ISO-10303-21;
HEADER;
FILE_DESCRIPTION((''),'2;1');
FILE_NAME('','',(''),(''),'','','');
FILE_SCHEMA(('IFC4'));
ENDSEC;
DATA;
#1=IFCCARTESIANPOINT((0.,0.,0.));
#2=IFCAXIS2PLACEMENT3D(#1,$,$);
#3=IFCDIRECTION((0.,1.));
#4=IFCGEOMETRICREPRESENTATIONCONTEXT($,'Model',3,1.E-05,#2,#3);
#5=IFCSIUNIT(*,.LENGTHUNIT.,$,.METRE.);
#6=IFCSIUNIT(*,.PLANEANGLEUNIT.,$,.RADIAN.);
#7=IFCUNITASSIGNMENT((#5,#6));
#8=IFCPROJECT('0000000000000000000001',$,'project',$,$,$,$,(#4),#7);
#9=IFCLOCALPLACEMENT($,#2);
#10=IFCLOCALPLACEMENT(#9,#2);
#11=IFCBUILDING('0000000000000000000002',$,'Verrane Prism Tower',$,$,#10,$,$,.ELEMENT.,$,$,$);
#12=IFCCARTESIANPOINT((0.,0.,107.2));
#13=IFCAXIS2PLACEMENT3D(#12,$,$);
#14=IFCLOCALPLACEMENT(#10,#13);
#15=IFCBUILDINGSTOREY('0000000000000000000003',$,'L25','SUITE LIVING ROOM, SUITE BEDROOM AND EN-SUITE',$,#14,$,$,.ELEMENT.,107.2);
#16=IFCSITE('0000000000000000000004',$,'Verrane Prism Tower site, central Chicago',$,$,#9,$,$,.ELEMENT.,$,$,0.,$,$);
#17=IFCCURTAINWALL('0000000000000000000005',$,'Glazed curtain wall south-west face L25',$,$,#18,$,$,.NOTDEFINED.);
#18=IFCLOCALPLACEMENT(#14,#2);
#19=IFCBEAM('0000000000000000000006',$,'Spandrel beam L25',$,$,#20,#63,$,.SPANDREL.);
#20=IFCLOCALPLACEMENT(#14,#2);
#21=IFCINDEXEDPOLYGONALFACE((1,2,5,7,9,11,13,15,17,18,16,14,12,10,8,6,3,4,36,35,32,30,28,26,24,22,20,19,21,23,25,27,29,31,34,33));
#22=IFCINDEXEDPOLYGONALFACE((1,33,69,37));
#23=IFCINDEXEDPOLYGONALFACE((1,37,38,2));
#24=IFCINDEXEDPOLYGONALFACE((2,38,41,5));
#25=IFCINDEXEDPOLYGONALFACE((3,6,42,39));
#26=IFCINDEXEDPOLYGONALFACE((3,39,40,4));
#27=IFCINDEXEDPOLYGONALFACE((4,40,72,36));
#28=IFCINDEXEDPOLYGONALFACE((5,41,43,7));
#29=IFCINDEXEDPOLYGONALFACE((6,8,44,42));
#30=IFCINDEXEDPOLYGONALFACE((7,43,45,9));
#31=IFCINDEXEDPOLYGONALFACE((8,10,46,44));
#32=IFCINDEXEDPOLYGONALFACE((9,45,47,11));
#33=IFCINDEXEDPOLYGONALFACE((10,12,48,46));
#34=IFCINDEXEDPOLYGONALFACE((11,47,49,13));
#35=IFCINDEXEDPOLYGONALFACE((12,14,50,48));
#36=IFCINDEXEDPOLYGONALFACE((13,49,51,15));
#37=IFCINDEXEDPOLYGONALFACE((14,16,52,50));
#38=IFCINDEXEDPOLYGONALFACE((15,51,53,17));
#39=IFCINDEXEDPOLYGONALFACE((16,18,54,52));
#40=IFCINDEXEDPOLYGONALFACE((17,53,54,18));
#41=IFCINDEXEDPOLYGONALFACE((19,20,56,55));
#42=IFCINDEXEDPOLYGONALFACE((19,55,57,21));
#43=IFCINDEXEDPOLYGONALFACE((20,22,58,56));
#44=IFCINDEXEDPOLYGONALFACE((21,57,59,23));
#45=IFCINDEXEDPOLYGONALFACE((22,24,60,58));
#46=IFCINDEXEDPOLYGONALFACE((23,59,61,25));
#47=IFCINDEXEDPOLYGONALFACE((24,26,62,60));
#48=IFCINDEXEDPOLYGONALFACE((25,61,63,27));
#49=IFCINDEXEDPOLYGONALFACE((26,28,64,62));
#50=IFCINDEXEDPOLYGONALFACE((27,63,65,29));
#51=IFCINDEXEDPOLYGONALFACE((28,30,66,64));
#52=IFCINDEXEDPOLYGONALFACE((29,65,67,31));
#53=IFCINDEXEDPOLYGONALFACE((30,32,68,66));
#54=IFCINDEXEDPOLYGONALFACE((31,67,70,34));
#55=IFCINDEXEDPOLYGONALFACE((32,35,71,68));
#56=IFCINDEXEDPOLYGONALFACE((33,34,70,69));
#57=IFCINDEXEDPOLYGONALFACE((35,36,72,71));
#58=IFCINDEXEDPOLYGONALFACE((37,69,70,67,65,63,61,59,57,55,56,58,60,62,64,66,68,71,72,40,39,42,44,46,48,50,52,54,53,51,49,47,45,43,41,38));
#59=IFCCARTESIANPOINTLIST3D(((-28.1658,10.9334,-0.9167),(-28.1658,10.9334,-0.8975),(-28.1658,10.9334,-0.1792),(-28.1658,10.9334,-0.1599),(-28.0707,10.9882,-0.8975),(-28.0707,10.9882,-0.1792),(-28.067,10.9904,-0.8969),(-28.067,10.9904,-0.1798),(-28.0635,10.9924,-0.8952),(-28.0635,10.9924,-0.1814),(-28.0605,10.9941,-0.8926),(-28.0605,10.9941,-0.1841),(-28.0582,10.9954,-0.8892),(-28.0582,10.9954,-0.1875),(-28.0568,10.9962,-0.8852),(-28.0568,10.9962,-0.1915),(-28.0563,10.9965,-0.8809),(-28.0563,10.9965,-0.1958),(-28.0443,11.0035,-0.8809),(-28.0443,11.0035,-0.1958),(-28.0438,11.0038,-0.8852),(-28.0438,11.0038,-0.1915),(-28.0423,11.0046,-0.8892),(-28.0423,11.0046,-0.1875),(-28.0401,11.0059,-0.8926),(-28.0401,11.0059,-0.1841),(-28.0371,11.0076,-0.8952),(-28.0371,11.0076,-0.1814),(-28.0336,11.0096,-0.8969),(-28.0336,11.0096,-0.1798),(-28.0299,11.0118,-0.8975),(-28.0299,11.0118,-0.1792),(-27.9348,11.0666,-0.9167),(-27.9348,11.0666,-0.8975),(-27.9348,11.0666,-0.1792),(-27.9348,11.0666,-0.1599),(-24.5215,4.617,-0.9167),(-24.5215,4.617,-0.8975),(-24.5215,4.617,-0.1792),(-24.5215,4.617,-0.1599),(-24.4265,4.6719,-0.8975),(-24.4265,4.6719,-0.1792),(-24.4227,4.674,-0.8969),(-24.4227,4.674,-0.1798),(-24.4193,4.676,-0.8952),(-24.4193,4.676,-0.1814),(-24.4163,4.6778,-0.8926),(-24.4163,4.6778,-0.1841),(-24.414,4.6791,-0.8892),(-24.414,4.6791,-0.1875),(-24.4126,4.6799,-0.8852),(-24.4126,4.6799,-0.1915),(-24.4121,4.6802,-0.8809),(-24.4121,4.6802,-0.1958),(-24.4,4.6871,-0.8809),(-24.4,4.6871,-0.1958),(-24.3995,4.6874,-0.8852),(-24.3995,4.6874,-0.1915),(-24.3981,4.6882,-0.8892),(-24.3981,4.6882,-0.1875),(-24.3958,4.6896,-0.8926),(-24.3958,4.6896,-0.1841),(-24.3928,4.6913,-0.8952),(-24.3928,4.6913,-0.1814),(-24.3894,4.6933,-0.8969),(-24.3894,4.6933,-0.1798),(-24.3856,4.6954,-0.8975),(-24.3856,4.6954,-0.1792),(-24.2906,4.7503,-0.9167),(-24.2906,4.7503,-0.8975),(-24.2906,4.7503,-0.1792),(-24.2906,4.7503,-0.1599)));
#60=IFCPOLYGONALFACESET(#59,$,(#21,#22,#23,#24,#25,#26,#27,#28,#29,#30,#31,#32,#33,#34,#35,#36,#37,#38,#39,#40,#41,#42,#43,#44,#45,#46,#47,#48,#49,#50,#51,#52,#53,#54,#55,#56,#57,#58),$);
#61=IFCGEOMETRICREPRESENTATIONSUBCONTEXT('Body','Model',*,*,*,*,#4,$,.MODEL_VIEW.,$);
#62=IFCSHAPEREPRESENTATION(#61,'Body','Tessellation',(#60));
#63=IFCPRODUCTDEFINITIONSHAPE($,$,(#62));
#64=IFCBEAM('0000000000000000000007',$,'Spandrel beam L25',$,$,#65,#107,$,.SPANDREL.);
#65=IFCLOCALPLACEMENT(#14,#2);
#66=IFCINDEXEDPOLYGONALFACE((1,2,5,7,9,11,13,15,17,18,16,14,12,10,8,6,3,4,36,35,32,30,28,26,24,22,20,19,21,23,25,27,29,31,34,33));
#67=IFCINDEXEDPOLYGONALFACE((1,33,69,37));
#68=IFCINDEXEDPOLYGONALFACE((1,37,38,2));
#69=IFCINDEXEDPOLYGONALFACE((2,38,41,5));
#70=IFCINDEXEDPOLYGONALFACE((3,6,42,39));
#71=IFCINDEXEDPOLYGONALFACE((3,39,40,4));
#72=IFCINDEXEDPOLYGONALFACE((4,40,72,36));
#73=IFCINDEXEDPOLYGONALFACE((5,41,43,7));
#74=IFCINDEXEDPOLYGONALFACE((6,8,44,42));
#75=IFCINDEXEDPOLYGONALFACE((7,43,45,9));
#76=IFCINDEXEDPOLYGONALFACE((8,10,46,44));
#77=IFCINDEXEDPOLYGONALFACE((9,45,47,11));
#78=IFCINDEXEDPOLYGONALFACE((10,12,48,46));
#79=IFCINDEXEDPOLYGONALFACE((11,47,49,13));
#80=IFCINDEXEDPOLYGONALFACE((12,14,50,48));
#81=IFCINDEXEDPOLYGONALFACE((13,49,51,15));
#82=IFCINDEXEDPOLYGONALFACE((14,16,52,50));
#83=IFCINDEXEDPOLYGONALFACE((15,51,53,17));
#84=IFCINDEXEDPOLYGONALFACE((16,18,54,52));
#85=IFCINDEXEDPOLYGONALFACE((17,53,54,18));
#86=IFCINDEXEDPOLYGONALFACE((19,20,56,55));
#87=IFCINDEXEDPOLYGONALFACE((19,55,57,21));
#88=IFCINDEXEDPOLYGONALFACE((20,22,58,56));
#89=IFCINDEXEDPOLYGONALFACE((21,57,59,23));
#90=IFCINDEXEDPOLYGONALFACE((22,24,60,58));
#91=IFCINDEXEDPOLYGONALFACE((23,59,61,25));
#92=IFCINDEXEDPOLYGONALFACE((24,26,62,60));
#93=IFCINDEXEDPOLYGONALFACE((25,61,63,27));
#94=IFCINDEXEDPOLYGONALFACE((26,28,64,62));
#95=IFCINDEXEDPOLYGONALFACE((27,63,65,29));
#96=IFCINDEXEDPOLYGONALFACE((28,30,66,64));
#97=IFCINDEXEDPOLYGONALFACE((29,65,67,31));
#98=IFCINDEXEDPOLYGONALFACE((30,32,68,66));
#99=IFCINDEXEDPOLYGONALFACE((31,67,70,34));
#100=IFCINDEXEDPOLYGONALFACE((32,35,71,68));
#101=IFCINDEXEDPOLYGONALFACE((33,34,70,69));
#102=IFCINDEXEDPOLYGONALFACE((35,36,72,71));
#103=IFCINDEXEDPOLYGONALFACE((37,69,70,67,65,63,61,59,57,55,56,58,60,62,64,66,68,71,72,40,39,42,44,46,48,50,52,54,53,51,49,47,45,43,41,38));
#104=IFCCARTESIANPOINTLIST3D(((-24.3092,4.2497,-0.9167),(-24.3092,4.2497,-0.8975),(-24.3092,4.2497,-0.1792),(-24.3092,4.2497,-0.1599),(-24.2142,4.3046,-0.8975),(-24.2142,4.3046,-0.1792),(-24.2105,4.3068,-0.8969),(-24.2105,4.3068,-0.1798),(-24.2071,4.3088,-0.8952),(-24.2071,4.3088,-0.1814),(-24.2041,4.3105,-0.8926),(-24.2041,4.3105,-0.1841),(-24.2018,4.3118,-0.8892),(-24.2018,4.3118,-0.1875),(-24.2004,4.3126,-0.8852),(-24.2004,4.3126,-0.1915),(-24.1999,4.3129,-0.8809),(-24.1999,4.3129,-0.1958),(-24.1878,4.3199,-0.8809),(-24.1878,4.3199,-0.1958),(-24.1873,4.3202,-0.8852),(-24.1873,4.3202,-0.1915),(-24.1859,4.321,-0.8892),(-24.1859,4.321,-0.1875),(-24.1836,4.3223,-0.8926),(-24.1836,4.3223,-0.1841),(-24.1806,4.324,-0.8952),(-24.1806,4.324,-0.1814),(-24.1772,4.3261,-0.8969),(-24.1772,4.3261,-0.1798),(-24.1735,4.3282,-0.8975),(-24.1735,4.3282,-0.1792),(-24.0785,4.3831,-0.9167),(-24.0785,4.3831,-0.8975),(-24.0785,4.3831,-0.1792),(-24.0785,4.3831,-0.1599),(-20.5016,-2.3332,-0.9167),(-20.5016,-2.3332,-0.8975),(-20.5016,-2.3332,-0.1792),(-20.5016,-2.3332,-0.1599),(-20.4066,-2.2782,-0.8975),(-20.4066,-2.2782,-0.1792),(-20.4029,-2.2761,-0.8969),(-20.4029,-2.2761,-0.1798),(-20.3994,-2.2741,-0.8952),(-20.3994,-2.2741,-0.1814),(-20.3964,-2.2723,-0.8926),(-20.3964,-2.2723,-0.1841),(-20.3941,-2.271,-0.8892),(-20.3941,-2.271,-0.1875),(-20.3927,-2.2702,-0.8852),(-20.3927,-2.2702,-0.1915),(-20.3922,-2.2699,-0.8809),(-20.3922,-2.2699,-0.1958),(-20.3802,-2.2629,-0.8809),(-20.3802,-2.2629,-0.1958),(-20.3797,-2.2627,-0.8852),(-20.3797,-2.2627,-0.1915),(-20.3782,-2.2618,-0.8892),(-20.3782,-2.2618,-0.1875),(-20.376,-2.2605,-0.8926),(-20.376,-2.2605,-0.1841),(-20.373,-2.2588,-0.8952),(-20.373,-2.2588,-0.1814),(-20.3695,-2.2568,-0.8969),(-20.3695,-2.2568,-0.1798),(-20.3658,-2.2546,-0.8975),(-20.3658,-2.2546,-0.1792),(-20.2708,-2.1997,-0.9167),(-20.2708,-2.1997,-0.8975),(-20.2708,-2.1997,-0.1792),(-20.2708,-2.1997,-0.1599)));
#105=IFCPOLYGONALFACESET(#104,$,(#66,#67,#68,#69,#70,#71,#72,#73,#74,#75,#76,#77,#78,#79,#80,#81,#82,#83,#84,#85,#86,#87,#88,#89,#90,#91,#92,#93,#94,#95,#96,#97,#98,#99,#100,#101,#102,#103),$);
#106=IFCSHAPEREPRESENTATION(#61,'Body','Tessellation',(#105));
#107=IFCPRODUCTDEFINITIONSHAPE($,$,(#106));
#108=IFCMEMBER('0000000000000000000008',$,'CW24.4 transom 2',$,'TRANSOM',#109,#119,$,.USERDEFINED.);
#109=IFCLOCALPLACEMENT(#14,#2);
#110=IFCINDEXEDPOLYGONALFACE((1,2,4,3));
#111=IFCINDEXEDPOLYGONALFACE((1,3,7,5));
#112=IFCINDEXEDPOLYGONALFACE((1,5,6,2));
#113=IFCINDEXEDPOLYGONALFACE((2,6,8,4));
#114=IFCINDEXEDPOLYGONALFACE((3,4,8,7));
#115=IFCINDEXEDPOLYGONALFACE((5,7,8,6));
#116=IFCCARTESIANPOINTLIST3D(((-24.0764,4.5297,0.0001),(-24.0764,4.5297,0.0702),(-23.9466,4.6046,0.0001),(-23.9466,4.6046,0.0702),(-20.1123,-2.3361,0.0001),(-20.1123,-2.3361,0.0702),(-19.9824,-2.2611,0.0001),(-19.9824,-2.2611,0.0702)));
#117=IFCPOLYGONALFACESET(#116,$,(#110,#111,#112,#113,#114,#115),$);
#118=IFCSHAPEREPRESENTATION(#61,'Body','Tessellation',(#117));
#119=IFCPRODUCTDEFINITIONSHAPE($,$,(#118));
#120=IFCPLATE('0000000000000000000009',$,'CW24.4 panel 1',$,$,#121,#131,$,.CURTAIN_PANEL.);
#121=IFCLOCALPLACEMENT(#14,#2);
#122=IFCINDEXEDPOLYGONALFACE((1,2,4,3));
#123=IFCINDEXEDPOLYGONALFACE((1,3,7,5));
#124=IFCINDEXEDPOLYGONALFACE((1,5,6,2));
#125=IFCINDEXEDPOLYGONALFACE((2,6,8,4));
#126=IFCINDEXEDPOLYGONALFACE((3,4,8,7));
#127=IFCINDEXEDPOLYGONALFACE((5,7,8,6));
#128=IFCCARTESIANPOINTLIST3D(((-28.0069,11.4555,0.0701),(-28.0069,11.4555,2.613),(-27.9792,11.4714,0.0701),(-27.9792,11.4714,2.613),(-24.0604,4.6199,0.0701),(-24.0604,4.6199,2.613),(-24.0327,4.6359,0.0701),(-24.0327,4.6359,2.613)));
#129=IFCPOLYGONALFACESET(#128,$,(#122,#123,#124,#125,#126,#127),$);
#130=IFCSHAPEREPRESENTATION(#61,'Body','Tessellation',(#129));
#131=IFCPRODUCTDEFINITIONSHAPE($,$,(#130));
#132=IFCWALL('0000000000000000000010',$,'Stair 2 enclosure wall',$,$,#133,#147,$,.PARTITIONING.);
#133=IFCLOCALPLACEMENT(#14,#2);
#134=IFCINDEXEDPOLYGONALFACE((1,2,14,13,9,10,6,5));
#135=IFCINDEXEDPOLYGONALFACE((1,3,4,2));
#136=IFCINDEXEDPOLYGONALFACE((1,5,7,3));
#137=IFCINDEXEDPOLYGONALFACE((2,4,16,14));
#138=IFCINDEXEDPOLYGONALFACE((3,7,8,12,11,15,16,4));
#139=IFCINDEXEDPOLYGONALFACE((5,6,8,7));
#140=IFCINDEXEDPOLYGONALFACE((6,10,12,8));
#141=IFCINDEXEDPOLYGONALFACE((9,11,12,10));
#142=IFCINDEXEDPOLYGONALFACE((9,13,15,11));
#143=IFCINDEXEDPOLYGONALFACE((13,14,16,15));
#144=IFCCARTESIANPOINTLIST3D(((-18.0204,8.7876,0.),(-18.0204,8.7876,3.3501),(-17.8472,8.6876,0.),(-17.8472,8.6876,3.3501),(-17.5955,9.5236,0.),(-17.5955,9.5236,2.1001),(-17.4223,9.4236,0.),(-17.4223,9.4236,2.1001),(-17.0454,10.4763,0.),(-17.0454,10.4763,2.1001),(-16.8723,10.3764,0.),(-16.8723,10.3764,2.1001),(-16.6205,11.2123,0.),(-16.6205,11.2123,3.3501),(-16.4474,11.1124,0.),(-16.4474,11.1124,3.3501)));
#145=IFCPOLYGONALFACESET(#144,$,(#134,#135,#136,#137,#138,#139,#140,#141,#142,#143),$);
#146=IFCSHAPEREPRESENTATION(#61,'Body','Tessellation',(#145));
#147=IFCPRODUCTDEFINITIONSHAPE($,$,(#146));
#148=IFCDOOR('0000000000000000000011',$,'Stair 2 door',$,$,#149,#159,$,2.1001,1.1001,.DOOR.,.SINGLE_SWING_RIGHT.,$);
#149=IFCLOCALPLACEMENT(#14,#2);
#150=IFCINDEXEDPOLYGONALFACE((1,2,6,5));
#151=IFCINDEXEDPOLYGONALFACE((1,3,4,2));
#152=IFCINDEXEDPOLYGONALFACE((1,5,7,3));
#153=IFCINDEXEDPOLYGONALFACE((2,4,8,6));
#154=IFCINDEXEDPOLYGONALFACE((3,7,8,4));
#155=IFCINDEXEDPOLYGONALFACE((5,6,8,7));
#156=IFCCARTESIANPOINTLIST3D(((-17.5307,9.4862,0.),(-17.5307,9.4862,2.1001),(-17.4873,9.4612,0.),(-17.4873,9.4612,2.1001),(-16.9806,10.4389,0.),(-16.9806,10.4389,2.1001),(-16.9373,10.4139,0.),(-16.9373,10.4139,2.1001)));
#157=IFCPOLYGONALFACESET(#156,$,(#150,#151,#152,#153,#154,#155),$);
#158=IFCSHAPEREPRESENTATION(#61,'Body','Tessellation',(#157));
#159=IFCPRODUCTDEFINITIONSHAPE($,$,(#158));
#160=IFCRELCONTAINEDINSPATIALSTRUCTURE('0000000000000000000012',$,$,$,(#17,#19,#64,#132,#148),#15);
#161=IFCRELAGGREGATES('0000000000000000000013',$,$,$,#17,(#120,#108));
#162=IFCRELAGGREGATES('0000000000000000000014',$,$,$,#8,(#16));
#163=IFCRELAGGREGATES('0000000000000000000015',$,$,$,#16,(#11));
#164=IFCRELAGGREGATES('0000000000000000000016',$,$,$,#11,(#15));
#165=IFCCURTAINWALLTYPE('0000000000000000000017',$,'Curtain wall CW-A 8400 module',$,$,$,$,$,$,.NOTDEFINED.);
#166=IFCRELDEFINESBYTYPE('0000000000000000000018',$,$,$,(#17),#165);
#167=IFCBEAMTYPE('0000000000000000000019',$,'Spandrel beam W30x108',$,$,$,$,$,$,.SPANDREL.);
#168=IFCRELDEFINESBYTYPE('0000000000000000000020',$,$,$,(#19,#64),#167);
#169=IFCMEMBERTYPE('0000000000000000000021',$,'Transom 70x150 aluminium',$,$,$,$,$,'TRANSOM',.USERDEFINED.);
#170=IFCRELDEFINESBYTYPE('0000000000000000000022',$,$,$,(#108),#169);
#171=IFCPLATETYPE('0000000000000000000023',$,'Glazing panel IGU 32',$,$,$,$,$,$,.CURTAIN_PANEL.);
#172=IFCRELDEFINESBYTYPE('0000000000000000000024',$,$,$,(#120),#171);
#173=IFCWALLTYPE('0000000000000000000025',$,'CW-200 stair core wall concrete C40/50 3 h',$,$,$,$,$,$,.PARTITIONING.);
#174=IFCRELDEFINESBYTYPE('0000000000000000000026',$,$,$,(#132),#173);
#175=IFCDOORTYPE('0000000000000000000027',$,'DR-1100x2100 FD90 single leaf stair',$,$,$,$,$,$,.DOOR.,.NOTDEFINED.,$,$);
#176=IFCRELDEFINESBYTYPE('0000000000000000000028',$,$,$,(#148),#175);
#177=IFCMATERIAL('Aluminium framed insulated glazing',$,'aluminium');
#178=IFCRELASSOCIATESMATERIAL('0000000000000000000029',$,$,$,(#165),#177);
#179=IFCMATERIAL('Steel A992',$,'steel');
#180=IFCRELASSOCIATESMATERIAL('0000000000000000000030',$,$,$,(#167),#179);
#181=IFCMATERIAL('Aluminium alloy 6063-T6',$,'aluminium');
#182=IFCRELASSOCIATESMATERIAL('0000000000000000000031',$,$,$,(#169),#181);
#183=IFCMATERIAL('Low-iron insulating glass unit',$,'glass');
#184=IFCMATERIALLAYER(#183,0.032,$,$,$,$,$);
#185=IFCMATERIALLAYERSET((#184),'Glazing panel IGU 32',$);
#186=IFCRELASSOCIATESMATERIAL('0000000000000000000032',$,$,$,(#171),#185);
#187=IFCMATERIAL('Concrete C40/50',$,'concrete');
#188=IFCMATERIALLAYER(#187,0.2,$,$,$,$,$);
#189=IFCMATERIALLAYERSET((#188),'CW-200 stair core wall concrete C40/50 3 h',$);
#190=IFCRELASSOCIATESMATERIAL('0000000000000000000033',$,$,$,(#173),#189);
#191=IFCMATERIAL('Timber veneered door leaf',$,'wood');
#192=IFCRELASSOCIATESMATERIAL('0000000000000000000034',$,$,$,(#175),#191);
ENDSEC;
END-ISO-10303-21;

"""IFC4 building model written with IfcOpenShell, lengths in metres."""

from ifc_helpers import new_model, si_unit, direction, frame, frame_2d, origin, origin_2d, place, context, subcontext, project, spatial, rectangle, i_section, extrude, material, layer, layer_set, material_profile, profile_set, type_object, element, fill, aggregate, save


model = new_model("IFC4")

# Units and contexts
model_context = context("Model", 3, precision=1e-05, world=origin(), true_north=direction((0.0, 1.0)))
body_context = subcontext(model_context, "Body", "Model", "MODEL_VIEW")
ifc_project = project(units=[si_unit("LENGTHUNIT", "METRE"), si_unit("PLANEANGLEUNIT", "RADIAN")], contexts=[model_context])

# Site, building, storey
site_placement = place(None, origin())
site = spatial("IfcSite", under=ifc_project, at=site_placement, Name="Verrane Prism Tower site, central Chicago", CompositionType="ELEMENT", RefElevation=0.0)
building_placement = place(site_placement, origin())
building = spatial("IfcBuilding", under=site, at=building_placement, Name="Verrane Prism Tower", CompositionType="ELEMENT")
storey_placement = place(building_placement, frame((0.0, 0.0, 107.2)))
storey = spatial("IfcBuildingStorey", under=building, at=storey_placement, Name="L25", Description="SUITE LIVING ROOM, SUITE BEDROOM AND EN-SUITE", CompositionType="ELEMENT", Elevation=107.2)

# Curtain wall
ifc_material_1 = material(Name="Aluminium framed insulated glazing", Category="aluminium")
curtain_wall_type = type_object("IfcCurtainWallType", Name="Curtain wall CW-A 8400 module", PredefinedType="NOTDEFINED", material=ifc_material_1)
curtain_wall_placement = place(storey_placement, origin())
curtain_wall = element("IfcCurtainWall", 1, at=curtain_wall_placement, inside=storey, type_object=curtain_wall_type, Name="Glazed curtain wall south-west face L25", PredefinedType="NOTDEFINED")

# Beams
ifc_material_2 = material(Name="Steel A992", Category="steel")
ifc_material_profile_1 = material_profile(ifc_material_2, i_section(OverallWidth=0.2666, OverallDepth=0.7568, WebThickness=0.0139, FlangeThickness=0.0193, FilletRadius=0.0166, at=origin_2d()), Name="W30x108")
ifc_profile_set_1 = profile_set([ifc_material_profile_1], Name="Steel A992")
beam_type_1 = type_object("IfcBeamType", Name="Spandrel beam W30x108", PredefinedType="SPANDREL", material=ifc_profile_set_1)
beam_1_placement = place(storey_placement, frame((-28.0503, 11.0, -0.5383), z_axis=(0.499744, -0.866173, 0.0), x_axis=(0.866173, 0.499744, 0.0)))
element("IfcBeam", 2, at=beam_1_placement, inside=storey, type_object=beam_type_1, Name="Spandrel beam L25", PredefinedType="SPANDREL", context=body_context, shape_type="SweptSolid", body=[
    extrude(i_section(OverallWidth=0.2666, OverallDepth=0.7568, WebThickness=0.0139, FlangeThickness=0.0193, FilletRadius=0.0166, at=origin_2d()), origin(), (0.0, 0.0, 1.0), 7.2922),
])
beam_2_placement = place(storey_placement, frame((-24.1938, 4.3164, -0.5383), z_axis=(0.500696, -0.865623, 0.0), x_axis=(0.865623, 0.500696, 0.0)))
element("IfcBeam", 3, at=beam_2_placement, inside=storey, type_object=beam_type_1, Name="Spandrel beam L25", PredefinedType="SPANDREL", context=body_context, shape_type="SweptSolid", body=[
    extrude(i_section(OverallWidth=0.2666, OverallDepth=0.7568, WebThickness=0.0139, FlangeThickness=0.0193, FilletRadius=0.0166, at=origin_2d()), origin(), (0.0, 0.0, 1.0), 7.6047),
])

# Member
ifc_material_3 = material(Name="Aluminium alloy 6063-T6", Category="aluminium")
ifc_material_profile_2 = material_profile(ifc_material_3, rectangle(XDim=0.1499, YDim=0.0701, at=origin_2d()), Name="Transom 70x150 aluminium")
ifc_profile_set_2 = profile_set([ifc_material_profile_2], Name="Aluminium alloy 6063-T6")
member_type_1 = type_object("IfcMemberType", Name="Transom 70x150 aluminium", ElementType="TRANSOM", PredefinedType="USERDEFINED", material=ifc_profile_set_2)
member_1_placement = place(storey_placement, frame((-24.0115, 4.5671, 0.0352), z_axis=(0.500017, -0.866015, 0.0), x_axis=(0.866015, 0.500017, 0.0)))
member_1 = element("IfcMember", 4, at=member_1_placement, type_object=member_type_1, Name="CW24.4 transom 2", ObjectType="TRANSOM", PredefinedType="USERDEFINED", context=body_context, shape_type="SweptSolid", body=[
    extrude(rectangle(XDim=0.1499, YDim=0.0701, at=origin_2d()), origin(), (0.0, 0.0, 1.0), 7.928),
])

# Plate
ifc_material_4 = material(Name="Low-iron insulating glass unit", Category="glass")
ifc_layer_1 = layer(ifc_material_4, 0.032)
ifc_layer_set_1 = layer_set([ifc_layer_1], Name="Glazing panel IGU 32")
plate_type = type_object("IfcPlateType", Name="Glazing panel IGU 32", PredefinedType="CURTAIN_PANEL", material=ifc_layer_set_1)
plate_placement = place(storey_placement, frame((-26.0198, 8.0457, 0.0701), z_axis=(0.0, 0.0, 1.0), x_axis=(0.5, -0.866025, 0.0)))
plate = element("IfcPlate", 5, at=plate_placement, type_object=plate_type, Name="CW24.4 panel 1", PredefinedType="CURTAIN_PANEL", context=body_context, shape_type="SweptSolid", body=[
    extrude(rectangle(XDim=7.8931, YDim=0.032, at=origin_2d()), origin(), (0.0, 0.0, 1.0), 2.543),
])
aggregate(curtain_wall, [plate, member_1])

# Wall, opening, door
ifc_material_5 = material(Name="Concrete C40/50", Category="concrete")
ifc_layer_2 = layer(ifc_material_5, 0.2)
ifc_layer_set_2 = layer_set([ifc_layer_2], Name="CW-200 stair core wall concrete C40/50 3 h")
wall_type_1 = type_object("IfcWallType", Name="CW-200 stair core wall concrete C40/50 3 h", PredefinedType="PARTITIONING", material=ifc_layer_set_2)
wall_1_placement = place(storey_placement, frame((-16.5339, 11.1624, 0.0), z_axis=(0.0, 0.0, 1.0), x_axis=(-0.499984, -0.866035, 0.0)))
wall_1 = element("IfcWall", 6, at=wall_1_placement, inside=storey, type_object=wall_type_1, Name="Stair 2 enclosure wall", PredefinedType="PARTITIONING", context=body_context, shape_type="SweptSolid", body=[
    extrude(rectangle(XDim=2.7998, YDim=0.2, at=frame_2d((1.3999, 0.0))), origin(), (0.0, 0.0, 1.0), 3.3501),
])
opening_1_placement = place(wall_1_placement, frame((0.8499, 0.0, 0.0)))
opening_1 = element("IfcOpeningElement", 7, at=opening_1_placement, cuts=wall_1, PredefinedType="OPENING", context=body_context, shape_type="SweptSolid", body=[
    extrude(rectangle(XDim=1.1001, YDim=2.1001, at=frame_2d((0.55, 1.05))), frame((0.0, 0.1099, 0.0), z_axis=(0.0, -1.0, 0.0), x_axis=(1.0, 0.0, 0.0)), (0.0, 0.0, 1.0), 0.22),
])
ifc_material_6 = material(Name="Timber veneered door leaf", Category="wood")
door_type_1 = type_object("IfcDoorType", Name="DR-1100x2100 FD90 single leaf stair", OperationType="NOTDEFINED", PredefinedType="DOOR", material=ifc_material_6)
door_1_placement = place(opening_1_placement, origin())
door_1 = element("IfcDoor", 8, at=door_1_placement, inside=storey, type_object=door_type_1, Name="Stair 2 door", OperationType="SINGLE_SWING_RIGHT", OverallHeight=2.1001, OverallWidth=1.1001, PredefinedType="DOOR", context=body_context, shape_type="SweptSolid", body=[
    extrude(rectangle(XDim=1.1001, YDim=2.1001, at=frame_2d((0.55, 1.05))), frame((0.0, 0.0249, 0.0), z_axis=(0.0, -1.0, 0.0), x_axis=(1.0, 0.0, 0.0)), (0.0, 0.0, 1.0), 0.05),
])
fill(opening_1, door_1)

save(model, "model.ifc")
